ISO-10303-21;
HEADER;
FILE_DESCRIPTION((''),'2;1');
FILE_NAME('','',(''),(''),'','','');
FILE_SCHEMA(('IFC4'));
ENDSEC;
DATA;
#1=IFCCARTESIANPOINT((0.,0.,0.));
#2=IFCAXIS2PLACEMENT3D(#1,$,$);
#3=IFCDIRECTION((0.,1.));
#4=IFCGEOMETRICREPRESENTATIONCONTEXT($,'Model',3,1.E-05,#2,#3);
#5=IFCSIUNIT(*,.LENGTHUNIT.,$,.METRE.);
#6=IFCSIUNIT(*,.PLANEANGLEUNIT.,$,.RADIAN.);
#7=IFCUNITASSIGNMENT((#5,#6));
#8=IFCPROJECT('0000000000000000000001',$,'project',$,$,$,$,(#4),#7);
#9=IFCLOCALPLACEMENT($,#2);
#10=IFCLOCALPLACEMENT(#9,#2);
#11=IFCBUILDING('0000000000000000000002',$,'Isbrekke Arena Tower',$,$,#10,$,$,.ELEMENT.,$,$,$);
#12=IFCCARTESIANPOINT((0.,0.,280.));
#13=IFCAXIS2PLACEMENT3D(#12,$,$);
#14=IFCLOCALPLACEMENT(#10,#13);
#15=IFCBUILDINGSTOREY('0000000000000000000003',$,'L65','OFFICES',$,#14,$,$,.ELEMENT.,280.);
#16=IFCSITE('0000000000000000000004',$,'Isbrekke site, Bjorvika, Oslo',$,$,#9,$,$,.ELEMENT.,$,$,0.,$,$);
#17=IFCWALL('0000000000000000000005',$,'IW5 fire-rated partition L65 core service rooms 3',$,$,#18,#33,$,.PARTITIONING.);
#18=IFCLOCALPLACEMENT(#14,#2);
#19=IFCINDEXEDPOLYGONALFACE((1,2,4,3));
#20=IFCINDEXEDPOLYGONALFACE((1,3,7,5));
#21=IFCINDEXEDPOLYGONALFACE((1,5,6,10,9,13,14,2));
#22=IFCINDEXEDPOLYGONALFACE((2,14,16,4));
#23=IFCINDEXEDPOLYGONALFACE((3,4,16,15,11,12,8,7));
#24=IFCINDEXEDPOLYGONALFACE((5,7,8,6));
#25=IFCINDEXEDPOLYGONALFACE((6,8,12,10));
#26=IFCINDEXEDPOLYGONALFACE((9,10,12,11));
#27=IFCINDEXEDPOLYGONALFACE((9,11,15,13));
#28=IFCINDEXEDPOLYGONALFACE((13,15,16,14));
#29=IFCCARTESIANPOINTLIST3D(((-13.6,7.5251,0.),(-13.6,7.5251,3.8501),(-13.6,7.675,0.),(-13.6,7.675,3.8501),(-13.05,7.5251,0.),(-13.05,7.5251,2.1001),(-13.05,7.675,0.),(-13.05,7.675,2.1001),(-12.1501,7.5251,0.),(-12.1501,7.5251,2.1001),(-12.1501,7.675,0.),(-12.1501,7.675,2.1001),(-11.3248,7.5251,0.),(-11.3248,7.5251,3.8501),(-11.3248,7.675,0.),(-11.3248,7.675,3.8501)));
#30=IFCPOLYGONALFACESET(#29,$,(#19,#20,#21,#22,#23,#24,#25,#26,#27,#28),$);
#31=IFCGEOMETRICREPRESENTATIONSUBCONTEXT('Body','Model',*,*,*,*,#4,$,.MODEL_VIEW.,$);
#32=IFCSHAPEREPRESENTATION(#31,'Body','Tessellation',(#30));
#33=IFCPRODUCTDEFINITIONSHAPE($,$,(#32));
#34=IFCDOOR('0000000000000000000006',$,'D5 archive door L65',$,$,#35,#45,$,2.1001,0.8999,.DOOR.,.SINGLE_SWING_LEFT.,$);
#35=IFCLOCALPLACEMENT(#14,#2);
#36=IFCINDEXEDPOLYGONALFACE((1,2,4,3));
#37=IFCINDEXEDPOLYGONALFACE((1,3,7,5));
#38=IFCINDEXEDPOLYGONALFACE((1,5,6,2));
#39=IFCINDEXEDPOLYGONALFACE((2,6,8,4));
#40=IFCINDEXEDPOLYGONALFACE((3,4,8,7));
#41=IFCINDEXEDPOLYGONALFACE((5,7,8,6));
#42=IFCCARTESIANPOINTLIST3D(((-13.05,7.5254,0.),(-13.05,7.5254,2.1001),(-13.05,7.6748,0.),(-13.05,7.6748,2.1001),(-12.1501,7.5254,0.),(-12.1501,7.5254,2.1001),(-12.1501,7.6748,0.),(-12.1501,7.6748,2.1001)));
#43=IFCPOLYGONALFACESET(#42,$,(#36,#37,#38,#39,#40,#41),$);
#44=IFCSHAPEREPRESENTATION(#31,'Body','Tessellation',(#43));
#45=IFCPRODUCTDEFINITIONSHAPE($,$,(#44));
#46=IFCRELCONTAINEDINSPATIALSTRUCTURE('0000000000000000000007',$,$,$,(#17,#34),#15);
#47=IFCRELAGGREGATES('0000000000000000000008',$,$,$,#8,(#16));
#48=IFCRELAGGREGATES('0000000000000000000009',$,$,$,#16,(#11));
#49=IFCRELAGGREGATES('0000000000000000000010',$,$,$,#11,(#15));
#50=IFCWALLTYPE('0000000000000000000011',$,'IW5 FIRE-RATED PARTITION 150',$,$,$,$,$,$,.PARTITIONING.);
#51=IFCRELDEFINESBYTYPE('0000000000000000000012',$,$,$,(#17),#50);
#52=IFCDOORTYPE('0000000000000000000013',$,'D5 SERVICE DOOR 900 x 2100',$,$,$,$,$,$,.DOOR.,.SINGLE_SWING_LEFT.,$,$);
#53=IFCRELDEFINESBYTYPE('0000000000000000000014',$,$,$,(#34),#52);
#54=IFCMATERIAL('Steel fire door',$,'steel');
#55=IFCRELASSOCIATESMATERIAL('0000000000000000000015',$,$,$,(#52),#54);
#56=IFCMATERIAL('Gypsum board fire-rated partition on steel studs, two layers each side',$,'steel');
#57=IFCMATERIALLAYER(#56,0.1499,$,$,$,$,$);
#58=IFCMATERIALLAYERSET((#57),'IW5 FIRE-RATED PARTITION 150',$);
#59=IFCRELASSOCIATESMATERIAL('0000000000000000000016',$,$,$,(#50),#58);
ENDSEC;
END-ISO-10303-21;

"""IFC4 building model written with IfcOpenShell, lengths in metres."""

from ifc_helpers import new_model, si_unit, direction, frame, frame_2d, origin, place, context, subcontext, project, spatial, rectangle, extrude, material, layer, layer_set, type_object, element, fill, save


model = new_model("IFC4")

# Units and contexts
model_context = context("Model", 3, precision=1e-05, world=origin(), true_north=direction((0.0, 1.0)))
body_context = subcontext(model_context, "Body", "Model", "MODEL_VIEW")
ifc_project = project(units=[si_unit("LENGTHUNIT", "METRE"), si_unit("PLANEANGLEUNIT", "RADIAN")], contexts=[model_context])

# Site, building, storey
site_placement = place(None, origin())
site = spatial("IfcSite", under=ifc_project, at=site_placement, Name="Isbrekke site, Bjorvika, Oslo", CompositionType="ELEMENT", RefElevation=0.0)
building_placement = place(site_placement, origin())
building = spatial("IfcBuilding", under=site, at=building_placement, Name="Isbrekke Arena Tower", CompositionType="ELEMENT")
storey_placement = place(building_placement, frame((0.0, 0.0, 280.0)))
storey = spatial("IfcBuildingStorey", under=building, at=storey_placement, Name="L65", Description="OFFICES", CompositionType="ELEMENT", Elevation=280.0)

# Shared definitions
ifc_material_1 = material(Name="Steel fire door", Category="steel")
door_type_1 = type_object("IfcDoorType", Name="D5 SERVICE DOOR 900 x 2100", OperationType="SINGLE_SWING_LEFT", PredefinedType="DOOR", material=ifc_material_1)

# Wall, opening, door
ifc_material_2 = material(Name="Gypsum board fire-rated partition on steel studs, two layers each side", Category="steel")
ifc_layer_1 = layer(ifc_material_2, 0.1499)
ifc_layer_set_1 = layer_set([ifc_layer_1], Name="IW5 FIRE-RATED PARTITION 150")
wall_type_1 = type_object("IfcWallType", Name="IW5 FIRE-RATED PARTITION 150", PredefinedType="PARTITIONING", material=ifc_layer_set_1)
wall_1_placement = place(storey_placement, frame((-13.6001, 7.6001, 0.0), z_axis=(0.0, 0.0, 1.0), x_axis=(1.0, 0.0, 0.0)))
wall_1 = element("IfcWall", 1, at=wall_1_placement, inside=storey, type_object=wall_type_1, Name="IW5 fire-rated partition L65 core service rooms 3", PredefinedType="PARTITIONING", context=body_context, shape_type="SweptSolid", body=[
    extrude(rectangle(XDim=2.2751, YDim=0.1499, at=frame_2d((1.1377, 0.0))), origin(), (0.0, 0.0, 1.0), 3.8501),
])
opening_1_placement = place(wall_1_placement, frame((0.55, 0.0, 0.0)))
opening_1 = element("IfcOpeningElement", 2, at=opening_1_placement, cuts=wall_1, PredefinedType="OPENING", context=body_context, shape_type="SweptSolid", body=[
    extrude(rectangle(XDim=0.8999, YDim=2.1001, at=frame_2d((0.45, 1.05))), frame((0.0, 0.0898, 0.0), z_axis=(0.0, -1.0, 0.0), x_axis=(1.0, 0.0, 0.0)), (0.0, 0.0, 1.0), 0.1797),
])
door_1_placement = place(opening_1_placement, origin())
door_1 = element("IfcDoor", 3, at=door_1_placement, inside=storey, type_object=door_type_1, Name="D5 archive door L65", OperationType="SINGLE_SWING_LEFT", OverallHeight=2.1001, OverallWidth=0.8999, PredefinedType="DOOR", context=body_context, shape_type="SweptSolid", body=[
    extrude(rectangle(XDim=0.8999, YDim=2.1001, at=frame_2d((0.45, 1.05))), frame((0.0, 0.0747, 0.0), z_axis=(0.0, -1.0, 0.0), x_axis=(1.0, 0.0, 0.0)), (0.0, 0.0, 1.0), 0.1494),
])
fill(opening_1, door_1)

save(model, "model.ifc")
